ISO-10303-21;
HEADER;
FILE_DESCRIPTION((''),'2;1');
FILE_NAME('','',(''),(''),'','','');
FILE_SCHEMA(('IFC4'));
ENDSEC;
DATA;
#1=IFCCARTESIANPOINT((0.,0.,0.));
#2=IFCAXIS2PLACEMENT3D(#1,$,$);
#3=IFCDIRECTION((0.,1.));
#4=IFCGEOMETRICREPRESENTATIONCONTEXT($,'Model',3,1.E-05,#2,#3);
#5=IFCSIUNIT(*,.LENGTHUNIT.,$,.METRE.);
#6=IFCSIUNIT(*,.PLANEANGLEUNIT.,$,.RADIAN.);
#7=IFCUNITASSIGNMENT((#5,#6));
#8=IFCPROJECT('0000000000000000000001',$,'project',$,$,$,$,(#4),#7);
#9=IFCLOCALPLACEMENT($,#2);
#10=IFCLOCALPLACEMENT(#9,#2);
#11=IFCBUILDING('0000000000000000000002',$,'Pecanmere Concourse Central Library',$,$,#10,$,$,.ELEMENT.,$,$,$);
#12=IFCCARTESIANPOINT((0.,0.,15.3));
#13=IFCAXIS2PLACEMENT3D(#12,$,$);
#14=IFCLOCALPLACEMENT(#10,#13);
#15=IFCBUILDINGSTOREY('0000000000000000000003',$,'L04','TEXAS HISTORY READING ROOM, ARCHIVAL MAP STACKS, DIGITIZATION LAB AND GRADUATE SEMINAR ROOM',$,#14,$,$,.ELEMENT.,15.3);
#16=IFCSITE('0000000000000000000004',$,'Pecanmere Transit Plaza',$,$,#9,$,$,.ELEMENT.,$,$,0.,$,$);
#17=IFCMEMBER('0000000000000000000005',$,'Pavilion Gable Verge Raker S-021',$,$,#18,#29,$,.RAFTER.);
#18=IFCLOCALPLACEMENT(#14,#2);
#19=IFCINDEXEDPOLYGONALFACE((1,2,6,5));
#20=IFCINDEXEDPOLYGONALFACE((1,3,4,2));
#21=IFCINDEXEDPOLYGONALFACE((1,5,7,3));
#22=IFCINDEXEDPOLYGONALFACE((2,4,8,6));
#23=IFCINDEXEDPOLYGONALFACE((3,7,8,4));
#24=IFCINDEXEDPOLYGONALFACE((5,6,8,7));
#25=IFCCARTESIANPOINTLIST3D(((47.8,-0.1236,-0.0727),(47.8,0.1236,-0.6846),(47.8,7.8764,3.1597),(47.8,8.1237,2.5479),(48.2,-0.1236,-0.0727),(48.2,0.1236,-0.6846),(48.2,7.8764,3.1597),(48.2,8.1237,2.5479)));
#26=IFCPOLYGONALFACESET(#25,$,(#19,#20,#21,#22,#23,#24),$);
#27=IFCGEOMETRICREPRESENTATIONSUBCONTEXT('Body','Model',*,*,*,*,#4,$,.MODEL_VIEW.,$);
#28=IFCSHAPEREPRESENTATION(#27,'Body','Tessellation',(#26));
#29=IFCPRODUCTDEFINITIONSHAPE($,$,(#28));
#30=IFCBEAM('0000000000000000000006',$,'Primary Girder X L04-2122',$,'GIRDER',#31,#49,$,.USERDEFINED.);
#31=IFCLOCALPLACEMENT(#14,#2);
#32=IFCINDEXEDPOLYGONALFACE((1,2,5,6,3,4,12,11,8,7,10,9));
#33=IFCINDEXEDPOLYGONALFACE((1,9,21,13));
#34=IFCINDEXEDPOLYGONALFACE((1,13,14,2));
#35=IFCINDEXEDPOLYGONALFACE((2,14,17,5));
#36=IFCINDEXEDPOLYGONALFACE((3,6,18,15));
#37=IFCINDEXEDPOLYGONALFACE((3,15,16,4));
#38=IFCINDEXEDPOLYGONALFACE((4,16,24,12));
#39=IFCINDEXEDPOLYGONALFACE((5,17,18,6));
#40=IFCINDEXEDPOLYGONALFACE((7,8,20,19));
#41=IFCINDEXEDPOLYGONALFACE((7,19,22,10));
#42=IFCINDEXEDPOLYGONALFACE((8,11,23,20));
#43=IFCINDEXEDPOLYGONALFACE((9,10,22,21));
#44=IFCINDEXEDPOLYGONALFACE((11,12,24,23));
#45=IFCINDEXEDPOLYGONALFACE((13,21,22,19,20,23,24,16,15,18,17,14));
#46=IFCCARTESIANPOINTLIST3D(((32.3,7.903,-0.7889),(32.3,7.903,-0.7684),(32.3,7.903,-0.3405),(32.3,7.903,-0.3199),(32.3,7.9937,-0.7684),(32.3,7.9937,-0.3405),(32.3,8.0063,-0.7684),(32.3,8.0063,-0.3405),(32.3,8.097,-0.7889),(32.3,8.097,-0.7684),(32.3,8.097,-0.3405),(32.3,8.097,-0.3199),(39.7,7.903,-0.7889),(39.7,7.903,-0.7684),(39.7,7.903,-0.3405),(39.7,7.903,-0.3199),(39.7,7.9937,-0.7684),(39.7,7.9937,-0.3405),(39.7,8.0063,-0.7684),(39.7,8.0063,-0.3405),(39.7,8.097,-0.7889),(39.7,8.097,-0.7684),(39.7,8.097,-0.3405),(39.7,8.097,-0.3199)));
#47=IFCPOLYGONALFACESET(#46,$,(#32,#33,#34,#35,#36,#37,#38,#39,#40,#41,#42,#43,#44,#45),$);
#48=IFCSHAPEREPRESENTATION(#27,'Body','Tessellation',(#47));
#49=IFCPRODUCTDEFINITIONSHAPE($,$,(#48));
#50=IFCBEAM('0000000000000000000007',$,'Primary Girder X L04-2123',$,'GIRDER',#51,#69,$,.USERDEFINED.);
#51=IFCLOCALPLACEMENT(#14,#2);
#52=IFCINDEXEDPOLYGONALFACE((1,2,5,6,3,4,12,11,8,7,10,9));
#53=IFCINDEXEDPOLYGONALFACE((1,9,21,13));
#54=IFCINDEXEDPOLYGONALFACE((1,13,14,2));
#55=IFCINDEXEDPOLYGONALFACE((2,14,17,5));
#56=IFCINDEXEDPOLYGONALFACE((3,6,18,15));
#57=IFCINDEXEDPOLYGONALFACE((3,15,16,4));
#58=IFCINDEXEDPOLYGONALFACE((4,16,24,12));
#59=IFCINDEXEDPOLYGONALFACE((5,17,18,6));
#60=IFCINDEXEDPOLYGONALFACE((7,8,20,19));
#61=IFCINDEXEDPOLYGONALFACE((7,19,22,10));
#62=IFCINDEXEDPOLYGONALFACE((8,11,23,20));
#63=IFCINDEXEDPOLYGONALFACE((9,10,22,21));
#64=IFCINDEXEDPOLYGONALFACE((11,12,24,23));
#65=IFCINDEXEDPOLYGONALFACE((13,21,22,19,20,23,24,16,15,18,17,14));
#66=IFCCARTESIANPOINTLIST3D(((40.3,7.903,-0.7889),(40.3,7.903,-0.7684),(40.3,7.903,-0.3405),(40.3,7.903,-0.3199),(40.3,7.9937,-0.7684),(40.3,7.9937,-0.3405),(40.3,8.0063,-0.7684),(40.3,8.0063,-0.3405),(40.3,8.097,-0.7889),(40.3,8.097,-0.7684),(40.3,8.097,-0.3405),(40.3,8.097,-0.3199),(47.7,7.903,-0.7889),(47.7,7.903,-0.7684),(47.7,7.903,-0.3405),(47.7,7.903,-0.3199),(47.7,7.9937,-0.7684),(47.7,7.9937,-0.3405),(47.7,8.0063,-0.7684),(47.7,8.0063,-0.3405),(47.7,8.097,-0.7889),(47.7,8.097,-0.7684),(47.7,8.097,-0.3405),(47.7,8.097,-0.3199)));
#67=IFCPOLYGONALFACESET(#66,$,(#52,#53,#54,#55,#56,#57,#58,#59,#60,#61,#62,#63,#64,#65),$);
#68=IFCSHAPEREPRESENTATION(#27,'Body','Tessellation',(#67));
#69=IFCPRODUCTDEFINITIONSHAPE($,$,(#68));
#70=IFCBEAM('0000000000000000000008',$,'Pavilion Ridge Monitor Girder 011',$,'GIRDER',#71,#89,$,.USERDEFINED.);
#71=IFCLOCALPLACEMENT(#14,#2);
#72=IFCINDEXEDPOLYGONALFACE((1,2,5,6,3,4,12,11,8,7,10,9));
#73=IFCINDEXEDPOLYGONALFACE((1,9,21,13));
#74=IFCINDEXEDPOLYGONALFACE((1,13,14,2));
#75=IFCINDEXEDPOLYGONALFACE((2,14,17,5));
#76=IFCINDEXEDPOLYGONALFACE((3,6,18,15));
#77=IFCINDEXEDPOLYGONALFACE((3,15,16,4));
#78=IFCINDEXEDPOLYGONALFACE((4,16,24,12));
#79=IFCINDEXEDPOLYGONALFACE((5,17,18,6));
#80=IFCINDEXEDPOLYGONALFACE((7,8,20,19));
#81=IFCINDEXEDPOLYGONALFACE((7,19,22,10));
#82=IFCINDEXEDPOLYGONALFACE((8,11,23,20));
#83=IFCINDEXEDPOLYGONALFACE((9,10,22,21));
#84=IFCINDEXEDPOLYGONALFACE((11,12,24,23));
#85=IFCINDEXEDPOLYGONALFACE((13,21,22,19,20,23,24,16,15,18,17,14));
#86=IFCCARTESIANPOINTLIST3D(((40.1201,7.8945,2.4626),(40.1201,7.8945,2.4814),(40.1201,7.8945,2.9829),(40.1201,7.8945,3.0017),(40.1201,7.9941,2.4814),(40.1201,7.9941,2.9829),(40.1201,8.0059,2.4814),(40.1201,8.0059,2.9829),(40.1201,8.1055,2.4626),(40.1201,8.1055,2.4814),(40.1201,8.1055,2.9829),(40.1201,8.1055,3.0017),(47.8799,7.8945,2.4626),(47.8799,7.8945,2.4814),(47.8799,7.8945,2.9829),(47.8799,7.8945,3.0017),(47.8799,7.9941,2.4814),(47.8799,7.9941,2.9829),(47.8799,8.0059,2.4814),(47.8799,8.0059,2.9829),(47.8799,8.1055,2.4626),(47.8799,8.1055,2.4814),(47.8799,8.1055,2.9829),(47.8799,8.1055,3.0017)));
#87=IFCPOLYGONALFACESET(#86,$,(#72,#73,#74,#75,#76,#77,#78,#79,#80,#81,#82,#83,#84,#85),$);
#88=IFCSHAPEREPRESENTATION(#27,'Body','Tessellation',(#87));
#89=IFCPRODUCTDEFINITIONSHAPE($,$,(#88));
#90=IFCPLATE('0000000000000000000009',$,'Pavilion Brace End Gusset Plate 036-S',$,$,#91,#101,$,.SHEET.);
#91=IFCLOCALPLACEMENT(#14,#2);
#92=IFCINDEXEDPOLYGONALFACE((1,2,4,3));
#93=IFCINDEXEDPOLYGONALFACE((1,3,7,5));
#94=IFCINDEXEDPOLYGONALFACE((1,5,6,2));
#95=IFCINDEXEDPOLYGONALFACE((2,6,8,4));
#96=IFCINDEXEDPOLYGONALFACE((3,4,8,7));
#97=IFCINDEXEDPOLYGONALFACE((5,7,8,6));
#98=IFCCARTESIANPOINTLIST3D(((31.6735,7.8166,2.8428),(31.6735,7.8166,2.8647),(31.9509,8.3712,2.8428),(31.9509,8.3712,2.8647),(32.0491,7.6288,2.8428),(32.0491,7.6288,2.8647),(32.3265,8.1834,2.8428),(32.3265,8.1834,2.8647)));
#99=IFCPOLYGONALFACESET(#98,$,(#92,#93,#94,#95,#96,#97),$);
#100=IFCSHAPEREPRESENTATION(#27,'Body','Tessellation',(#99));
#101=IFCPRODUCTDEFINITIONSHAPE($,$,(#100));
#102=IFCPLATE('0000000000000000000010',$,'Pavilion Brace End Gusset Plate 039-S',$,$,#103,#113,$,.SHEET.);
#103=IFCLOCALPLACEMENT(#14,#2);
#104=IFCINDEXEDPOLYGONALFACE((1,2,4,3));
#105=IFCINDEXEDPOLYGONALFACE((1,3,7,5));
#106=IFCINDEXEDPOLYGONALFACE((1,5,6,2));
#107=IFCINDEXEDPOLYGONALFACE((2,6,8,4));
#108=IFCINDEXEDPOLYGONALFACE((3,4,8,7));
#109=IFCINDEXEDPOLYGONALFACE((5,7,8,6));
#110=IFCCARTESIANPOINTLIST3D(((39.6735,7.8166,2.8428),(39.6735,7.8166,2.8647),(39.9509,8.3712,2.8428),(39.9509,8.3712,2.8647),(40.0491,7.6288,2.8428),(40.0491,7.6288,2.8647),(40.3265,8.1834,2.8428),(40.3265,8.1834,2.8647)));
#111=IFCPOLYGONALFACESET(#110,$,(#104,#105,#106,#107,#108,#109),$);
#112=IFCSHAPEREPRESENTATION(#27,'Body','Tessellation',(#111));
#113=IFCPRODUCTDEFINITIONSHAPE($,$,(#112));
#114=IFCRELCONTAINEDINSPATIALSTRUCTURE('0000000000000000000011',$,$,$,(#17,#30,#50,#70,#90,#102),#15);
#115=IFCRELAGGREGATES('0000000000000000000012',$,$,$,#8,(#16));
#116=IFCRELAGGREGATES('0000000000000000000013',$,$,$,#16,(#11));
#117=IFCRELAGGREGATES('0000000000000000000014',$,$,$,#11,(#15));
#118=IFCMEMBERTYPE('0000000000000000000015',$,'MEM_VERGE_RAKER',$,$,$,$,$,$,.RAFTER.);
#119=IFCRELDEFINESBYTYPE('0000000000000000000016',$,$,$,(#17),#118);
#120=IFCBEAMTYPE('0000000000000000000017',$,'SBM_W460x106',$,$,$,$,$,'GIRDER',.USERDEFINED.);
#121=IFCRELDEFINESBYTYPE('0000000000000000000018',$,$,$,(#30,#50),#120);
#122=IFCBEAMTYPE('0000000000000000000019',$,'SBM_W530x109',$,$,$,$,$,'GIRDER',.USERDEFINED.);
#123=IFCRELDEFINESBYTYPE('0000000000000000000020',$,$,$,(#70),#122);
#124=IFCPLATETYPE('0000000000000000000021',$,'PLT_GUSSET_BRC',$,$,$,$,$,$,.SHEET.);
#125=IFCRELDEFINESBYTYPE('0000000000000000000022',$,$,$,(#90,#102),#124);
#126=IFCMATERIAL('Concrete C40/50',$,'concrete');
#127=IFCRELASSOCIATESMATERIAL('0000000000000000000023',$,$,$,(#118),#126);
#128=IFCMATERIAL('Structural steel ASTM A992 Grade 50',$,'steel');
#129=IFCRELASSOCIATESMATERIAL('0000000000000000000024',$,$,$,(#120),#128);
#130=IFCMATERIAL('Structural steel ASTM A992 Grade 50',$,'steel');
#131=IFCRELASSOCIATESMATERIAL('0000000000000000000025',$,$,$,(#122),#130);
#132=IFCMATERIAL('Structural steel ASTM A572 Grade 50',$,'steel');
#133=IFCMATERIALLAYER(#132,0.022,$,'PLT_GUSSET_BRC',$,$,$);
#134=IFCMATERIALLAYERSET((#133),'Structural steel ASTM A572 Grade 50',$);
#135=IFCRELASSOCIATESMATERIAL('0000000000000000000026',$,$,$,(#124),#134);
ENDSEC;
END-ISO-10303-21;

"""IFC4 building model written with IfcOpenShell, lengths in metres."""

from ifc_helpers import new_model, si_unit, direction, frame, origin, origin_2d, place, context, subcontext, project, spatial, rectangle, i_section, extrude, material, layer, layer_set, material_profile, profile_set, type_object, element, save


model = new_model("IFC4")

# Units and contexts
model_context = context("Model", 3, precision=1e-05, world=origin(), true_north=direction((0.0, 1.0)))
body_context = subcontext(model_context, "Body", "Model", "MODEL_VIEW")
ifc_project = project(units=[si_unit("LENGTHUNIT", "METRE"), si_unit("PLANEANGLEUNIT", "RADIAN")], contexts=[model_context])

# Site, building, storey
site_placement = place(None, origin())
site = spatial("IfcSite", under=ifc_project, at=site_placement, Name="Pecanmere Transit Plaza", CompositionType="ELEMENT", RefElevation=0.0)
building_placement = place(site_placement, origin())
building = spatial("IfcBuilding", under=site, at=building_placement, Name="Pecanmere Concourse Central Library", CompositionType="ELEMENT")
storey_placement = place(building_placement, frame((0.0, 0.0, 15.3)))
storey = spatial("IfcBuildingStorey", under=building, at=storey_placement, Name="L04", Description="TEXAS HISTORY READING ROOM, ARCHIVAL MAP STACKS, DIGITIZATION LAB AND GRADUATE SEMINAR ROOM", CompositionType="ELEMENT", Elevation=15.3)

# Member
ifc_material_1 = material(Name="Concrete C40/50", Category="concrete")
ifc_material_profile_1 = material_profile(ifc_material_1, rectangle(XDim=0.3999, YDim=0.6599, at=origin_2d()), Name="RC 400x660")
ifc_profile_set_1 = profile_set([ifc_material_profile_1], Name="Concrete C40/50")
member_type_1 = type_object("IfcMemberType", Name="MEM_VERGE_RAKER", PredefinedType="RAFTER", material=ifc_profile_set_1)
member_1_placement = place(storey_placement, frame((48.0, 0.0, -0.3787), z_axis=(0.0, 0.927175, 0.374628), x_axis=(-1.0, 0.0, 0.0)))
element("IfcMember", 1, at=member_1_placement, inside=storey, type_object=member_type_1, Name="Pavilion Gable Verge Raker S-021", PredefinedType="RAFTER", context=body_context, shape_type="SweptSolid", body=[
    extrude(rectangle(XDim=0.3999, YDim=0.6599, at=origin_2d()), origin(), (0.0, 0.0, 1.0), 8.6284),
])

# Beams
ifc_material_2 = material(Name="Structural steel ASTM A992 Grade 50", Category="steel")
ifc_material_profile_2 = material_profile(ifc_material_2, i_section(OverallWidth=0.1941, OverallDepth=0.469, WebThickness=0.0127, FlangeThickness=0.0205, at=origin_2d()), Name="W460x106")
ifc_profile_set_2 = profile_set([ifc_material_profile_2], Name="Structural steel ASTM A992 Grade 50")
beam_type_1 = type_object("IfcBeamType", Name="SBM_W460x106", ElementType="GIRDER", PredefinedType="USERDEFINED", material=ifc_profile_set_2)
for number, where, z_axis, x_axis, name in (
    (2, (32.3, 8.0, -0.5544), (1.0, 0.0, 0.0), (0.0, 1.0, 0.0), "Primary Girder X L04-2122"),
    (3, (40.3, 8.0, -0.5544), (1.0, 0.0, 0.0), (0.0, 1.0, 0.0), "Primary Girder X L04-2123"),
):
    element("IfcBeam", number, at=place(storey_placement, frame(where, z_axis=z_axis, x_axis=x_axis)), inside=storey, type_object=beam_type_1, Name=name, ObjectType="GIRDER", PredefinedType="USERDEFINED", context=body_context, shape_type="SweptSolid", body=[
        extrude(i_section(OverallWidth=0.1941, OverallDepth=0.469, WebThickness=0.0127, FlangeThickness=0.0205, at=origin_2d()), origin(), (0.0, 0.0, 1.0), 7.3999),
    ])
ifc_material_3 = material(Name="Structural steel ASTM A992 Grade 50", Category="steel")
ifc_material_profile_3 = material_profile(ifc_material_3, i_section(OverallWidth=0.2109, OverallDepth=0.5391, WebThickness=0.0117, FlangeThickness=0.0188, at=origin_2d()), Name="W530x109")
ifc_profile_set_3 = profile_set([ifc_material_profile_3], Name="Structural steel ASTM A992 Grade 50")
beam_type_2 = type_object("IfcBeamType", Name="SBM_W530x109", ElementType="GIRDER", PredefinedType="USERDEFINED", material=ifc_profile_set_3)
beam_1_placement = place(storey_placement, frame((40.1201, 8.0, 2.7322), z_axis=(1.0, 0.0, 0.0), x_axis=(0.0, 1.0, 0.0)))
element("IfcBeam", 4, at=beam_1_placement, inside=storey, type_object=beam_type_2, Name="Pavilion Ridge Monitor Girder 011", ObjectType="GIRDER", PredefinedType="USERDEFINED", context=body_context, shape_type="SweptSolid", body=[
    extrude(i_section(OverallWidth=0.2109, OverallDepth=0.5391, WebThickness=0.0117, FlangeThickness=0.0188, at=origin_2d()), origin(), (0.0, 0.0, 1.0), 7.7598),
])

# Plates
ifc_material_4 = material(Name="Structural steel ASTM A572 Grade 50", Category="steel")
ifc_layer = layer(ifc_material_4, 0.022, Name="PLT_GUSSET_BRC")
ifc_layer_set = layer_set([ifc_layer], Name="Structural steel ASTM A572 Grade 50")
plate_type = type_object("IfcPlateType", Name="PLT_GUSSET_BRC", PredefinedType="SHEET", material=ifc_layer_set)
for number, where, z_axis, x_axis, name in (
    (5, (32.0, 8.0, 2.8428), (0.0, 0.0, 1.0), (0.447291, 0.894389, 0.0), "Pavilion Brace End Gusset Plate 036-S"),
    (6, (40.0, 8.0, 2.8428), (0.0, 0.0, 1.0), (0.447291, 0.894389, 0.0), "Pavilion Brace End Gusset Plate 039-S"),
):
    element("IfcPlate", number, at=place(storey_placement, frame(where, z_axis=z_axis, x_axis=x_axis)), inside=storey, type_object=plate_type, Name=name, PredefinedType="SHEET", context=body_context, shape_type="SweptSolid", body=[
        extrude(rectangle(XDim=0.6201, YDim=0.4199, at=origin_2d()), origin(), (0.0, 0.0, 1.0), 0.022),
    ])

save(model, "model.ifc")
